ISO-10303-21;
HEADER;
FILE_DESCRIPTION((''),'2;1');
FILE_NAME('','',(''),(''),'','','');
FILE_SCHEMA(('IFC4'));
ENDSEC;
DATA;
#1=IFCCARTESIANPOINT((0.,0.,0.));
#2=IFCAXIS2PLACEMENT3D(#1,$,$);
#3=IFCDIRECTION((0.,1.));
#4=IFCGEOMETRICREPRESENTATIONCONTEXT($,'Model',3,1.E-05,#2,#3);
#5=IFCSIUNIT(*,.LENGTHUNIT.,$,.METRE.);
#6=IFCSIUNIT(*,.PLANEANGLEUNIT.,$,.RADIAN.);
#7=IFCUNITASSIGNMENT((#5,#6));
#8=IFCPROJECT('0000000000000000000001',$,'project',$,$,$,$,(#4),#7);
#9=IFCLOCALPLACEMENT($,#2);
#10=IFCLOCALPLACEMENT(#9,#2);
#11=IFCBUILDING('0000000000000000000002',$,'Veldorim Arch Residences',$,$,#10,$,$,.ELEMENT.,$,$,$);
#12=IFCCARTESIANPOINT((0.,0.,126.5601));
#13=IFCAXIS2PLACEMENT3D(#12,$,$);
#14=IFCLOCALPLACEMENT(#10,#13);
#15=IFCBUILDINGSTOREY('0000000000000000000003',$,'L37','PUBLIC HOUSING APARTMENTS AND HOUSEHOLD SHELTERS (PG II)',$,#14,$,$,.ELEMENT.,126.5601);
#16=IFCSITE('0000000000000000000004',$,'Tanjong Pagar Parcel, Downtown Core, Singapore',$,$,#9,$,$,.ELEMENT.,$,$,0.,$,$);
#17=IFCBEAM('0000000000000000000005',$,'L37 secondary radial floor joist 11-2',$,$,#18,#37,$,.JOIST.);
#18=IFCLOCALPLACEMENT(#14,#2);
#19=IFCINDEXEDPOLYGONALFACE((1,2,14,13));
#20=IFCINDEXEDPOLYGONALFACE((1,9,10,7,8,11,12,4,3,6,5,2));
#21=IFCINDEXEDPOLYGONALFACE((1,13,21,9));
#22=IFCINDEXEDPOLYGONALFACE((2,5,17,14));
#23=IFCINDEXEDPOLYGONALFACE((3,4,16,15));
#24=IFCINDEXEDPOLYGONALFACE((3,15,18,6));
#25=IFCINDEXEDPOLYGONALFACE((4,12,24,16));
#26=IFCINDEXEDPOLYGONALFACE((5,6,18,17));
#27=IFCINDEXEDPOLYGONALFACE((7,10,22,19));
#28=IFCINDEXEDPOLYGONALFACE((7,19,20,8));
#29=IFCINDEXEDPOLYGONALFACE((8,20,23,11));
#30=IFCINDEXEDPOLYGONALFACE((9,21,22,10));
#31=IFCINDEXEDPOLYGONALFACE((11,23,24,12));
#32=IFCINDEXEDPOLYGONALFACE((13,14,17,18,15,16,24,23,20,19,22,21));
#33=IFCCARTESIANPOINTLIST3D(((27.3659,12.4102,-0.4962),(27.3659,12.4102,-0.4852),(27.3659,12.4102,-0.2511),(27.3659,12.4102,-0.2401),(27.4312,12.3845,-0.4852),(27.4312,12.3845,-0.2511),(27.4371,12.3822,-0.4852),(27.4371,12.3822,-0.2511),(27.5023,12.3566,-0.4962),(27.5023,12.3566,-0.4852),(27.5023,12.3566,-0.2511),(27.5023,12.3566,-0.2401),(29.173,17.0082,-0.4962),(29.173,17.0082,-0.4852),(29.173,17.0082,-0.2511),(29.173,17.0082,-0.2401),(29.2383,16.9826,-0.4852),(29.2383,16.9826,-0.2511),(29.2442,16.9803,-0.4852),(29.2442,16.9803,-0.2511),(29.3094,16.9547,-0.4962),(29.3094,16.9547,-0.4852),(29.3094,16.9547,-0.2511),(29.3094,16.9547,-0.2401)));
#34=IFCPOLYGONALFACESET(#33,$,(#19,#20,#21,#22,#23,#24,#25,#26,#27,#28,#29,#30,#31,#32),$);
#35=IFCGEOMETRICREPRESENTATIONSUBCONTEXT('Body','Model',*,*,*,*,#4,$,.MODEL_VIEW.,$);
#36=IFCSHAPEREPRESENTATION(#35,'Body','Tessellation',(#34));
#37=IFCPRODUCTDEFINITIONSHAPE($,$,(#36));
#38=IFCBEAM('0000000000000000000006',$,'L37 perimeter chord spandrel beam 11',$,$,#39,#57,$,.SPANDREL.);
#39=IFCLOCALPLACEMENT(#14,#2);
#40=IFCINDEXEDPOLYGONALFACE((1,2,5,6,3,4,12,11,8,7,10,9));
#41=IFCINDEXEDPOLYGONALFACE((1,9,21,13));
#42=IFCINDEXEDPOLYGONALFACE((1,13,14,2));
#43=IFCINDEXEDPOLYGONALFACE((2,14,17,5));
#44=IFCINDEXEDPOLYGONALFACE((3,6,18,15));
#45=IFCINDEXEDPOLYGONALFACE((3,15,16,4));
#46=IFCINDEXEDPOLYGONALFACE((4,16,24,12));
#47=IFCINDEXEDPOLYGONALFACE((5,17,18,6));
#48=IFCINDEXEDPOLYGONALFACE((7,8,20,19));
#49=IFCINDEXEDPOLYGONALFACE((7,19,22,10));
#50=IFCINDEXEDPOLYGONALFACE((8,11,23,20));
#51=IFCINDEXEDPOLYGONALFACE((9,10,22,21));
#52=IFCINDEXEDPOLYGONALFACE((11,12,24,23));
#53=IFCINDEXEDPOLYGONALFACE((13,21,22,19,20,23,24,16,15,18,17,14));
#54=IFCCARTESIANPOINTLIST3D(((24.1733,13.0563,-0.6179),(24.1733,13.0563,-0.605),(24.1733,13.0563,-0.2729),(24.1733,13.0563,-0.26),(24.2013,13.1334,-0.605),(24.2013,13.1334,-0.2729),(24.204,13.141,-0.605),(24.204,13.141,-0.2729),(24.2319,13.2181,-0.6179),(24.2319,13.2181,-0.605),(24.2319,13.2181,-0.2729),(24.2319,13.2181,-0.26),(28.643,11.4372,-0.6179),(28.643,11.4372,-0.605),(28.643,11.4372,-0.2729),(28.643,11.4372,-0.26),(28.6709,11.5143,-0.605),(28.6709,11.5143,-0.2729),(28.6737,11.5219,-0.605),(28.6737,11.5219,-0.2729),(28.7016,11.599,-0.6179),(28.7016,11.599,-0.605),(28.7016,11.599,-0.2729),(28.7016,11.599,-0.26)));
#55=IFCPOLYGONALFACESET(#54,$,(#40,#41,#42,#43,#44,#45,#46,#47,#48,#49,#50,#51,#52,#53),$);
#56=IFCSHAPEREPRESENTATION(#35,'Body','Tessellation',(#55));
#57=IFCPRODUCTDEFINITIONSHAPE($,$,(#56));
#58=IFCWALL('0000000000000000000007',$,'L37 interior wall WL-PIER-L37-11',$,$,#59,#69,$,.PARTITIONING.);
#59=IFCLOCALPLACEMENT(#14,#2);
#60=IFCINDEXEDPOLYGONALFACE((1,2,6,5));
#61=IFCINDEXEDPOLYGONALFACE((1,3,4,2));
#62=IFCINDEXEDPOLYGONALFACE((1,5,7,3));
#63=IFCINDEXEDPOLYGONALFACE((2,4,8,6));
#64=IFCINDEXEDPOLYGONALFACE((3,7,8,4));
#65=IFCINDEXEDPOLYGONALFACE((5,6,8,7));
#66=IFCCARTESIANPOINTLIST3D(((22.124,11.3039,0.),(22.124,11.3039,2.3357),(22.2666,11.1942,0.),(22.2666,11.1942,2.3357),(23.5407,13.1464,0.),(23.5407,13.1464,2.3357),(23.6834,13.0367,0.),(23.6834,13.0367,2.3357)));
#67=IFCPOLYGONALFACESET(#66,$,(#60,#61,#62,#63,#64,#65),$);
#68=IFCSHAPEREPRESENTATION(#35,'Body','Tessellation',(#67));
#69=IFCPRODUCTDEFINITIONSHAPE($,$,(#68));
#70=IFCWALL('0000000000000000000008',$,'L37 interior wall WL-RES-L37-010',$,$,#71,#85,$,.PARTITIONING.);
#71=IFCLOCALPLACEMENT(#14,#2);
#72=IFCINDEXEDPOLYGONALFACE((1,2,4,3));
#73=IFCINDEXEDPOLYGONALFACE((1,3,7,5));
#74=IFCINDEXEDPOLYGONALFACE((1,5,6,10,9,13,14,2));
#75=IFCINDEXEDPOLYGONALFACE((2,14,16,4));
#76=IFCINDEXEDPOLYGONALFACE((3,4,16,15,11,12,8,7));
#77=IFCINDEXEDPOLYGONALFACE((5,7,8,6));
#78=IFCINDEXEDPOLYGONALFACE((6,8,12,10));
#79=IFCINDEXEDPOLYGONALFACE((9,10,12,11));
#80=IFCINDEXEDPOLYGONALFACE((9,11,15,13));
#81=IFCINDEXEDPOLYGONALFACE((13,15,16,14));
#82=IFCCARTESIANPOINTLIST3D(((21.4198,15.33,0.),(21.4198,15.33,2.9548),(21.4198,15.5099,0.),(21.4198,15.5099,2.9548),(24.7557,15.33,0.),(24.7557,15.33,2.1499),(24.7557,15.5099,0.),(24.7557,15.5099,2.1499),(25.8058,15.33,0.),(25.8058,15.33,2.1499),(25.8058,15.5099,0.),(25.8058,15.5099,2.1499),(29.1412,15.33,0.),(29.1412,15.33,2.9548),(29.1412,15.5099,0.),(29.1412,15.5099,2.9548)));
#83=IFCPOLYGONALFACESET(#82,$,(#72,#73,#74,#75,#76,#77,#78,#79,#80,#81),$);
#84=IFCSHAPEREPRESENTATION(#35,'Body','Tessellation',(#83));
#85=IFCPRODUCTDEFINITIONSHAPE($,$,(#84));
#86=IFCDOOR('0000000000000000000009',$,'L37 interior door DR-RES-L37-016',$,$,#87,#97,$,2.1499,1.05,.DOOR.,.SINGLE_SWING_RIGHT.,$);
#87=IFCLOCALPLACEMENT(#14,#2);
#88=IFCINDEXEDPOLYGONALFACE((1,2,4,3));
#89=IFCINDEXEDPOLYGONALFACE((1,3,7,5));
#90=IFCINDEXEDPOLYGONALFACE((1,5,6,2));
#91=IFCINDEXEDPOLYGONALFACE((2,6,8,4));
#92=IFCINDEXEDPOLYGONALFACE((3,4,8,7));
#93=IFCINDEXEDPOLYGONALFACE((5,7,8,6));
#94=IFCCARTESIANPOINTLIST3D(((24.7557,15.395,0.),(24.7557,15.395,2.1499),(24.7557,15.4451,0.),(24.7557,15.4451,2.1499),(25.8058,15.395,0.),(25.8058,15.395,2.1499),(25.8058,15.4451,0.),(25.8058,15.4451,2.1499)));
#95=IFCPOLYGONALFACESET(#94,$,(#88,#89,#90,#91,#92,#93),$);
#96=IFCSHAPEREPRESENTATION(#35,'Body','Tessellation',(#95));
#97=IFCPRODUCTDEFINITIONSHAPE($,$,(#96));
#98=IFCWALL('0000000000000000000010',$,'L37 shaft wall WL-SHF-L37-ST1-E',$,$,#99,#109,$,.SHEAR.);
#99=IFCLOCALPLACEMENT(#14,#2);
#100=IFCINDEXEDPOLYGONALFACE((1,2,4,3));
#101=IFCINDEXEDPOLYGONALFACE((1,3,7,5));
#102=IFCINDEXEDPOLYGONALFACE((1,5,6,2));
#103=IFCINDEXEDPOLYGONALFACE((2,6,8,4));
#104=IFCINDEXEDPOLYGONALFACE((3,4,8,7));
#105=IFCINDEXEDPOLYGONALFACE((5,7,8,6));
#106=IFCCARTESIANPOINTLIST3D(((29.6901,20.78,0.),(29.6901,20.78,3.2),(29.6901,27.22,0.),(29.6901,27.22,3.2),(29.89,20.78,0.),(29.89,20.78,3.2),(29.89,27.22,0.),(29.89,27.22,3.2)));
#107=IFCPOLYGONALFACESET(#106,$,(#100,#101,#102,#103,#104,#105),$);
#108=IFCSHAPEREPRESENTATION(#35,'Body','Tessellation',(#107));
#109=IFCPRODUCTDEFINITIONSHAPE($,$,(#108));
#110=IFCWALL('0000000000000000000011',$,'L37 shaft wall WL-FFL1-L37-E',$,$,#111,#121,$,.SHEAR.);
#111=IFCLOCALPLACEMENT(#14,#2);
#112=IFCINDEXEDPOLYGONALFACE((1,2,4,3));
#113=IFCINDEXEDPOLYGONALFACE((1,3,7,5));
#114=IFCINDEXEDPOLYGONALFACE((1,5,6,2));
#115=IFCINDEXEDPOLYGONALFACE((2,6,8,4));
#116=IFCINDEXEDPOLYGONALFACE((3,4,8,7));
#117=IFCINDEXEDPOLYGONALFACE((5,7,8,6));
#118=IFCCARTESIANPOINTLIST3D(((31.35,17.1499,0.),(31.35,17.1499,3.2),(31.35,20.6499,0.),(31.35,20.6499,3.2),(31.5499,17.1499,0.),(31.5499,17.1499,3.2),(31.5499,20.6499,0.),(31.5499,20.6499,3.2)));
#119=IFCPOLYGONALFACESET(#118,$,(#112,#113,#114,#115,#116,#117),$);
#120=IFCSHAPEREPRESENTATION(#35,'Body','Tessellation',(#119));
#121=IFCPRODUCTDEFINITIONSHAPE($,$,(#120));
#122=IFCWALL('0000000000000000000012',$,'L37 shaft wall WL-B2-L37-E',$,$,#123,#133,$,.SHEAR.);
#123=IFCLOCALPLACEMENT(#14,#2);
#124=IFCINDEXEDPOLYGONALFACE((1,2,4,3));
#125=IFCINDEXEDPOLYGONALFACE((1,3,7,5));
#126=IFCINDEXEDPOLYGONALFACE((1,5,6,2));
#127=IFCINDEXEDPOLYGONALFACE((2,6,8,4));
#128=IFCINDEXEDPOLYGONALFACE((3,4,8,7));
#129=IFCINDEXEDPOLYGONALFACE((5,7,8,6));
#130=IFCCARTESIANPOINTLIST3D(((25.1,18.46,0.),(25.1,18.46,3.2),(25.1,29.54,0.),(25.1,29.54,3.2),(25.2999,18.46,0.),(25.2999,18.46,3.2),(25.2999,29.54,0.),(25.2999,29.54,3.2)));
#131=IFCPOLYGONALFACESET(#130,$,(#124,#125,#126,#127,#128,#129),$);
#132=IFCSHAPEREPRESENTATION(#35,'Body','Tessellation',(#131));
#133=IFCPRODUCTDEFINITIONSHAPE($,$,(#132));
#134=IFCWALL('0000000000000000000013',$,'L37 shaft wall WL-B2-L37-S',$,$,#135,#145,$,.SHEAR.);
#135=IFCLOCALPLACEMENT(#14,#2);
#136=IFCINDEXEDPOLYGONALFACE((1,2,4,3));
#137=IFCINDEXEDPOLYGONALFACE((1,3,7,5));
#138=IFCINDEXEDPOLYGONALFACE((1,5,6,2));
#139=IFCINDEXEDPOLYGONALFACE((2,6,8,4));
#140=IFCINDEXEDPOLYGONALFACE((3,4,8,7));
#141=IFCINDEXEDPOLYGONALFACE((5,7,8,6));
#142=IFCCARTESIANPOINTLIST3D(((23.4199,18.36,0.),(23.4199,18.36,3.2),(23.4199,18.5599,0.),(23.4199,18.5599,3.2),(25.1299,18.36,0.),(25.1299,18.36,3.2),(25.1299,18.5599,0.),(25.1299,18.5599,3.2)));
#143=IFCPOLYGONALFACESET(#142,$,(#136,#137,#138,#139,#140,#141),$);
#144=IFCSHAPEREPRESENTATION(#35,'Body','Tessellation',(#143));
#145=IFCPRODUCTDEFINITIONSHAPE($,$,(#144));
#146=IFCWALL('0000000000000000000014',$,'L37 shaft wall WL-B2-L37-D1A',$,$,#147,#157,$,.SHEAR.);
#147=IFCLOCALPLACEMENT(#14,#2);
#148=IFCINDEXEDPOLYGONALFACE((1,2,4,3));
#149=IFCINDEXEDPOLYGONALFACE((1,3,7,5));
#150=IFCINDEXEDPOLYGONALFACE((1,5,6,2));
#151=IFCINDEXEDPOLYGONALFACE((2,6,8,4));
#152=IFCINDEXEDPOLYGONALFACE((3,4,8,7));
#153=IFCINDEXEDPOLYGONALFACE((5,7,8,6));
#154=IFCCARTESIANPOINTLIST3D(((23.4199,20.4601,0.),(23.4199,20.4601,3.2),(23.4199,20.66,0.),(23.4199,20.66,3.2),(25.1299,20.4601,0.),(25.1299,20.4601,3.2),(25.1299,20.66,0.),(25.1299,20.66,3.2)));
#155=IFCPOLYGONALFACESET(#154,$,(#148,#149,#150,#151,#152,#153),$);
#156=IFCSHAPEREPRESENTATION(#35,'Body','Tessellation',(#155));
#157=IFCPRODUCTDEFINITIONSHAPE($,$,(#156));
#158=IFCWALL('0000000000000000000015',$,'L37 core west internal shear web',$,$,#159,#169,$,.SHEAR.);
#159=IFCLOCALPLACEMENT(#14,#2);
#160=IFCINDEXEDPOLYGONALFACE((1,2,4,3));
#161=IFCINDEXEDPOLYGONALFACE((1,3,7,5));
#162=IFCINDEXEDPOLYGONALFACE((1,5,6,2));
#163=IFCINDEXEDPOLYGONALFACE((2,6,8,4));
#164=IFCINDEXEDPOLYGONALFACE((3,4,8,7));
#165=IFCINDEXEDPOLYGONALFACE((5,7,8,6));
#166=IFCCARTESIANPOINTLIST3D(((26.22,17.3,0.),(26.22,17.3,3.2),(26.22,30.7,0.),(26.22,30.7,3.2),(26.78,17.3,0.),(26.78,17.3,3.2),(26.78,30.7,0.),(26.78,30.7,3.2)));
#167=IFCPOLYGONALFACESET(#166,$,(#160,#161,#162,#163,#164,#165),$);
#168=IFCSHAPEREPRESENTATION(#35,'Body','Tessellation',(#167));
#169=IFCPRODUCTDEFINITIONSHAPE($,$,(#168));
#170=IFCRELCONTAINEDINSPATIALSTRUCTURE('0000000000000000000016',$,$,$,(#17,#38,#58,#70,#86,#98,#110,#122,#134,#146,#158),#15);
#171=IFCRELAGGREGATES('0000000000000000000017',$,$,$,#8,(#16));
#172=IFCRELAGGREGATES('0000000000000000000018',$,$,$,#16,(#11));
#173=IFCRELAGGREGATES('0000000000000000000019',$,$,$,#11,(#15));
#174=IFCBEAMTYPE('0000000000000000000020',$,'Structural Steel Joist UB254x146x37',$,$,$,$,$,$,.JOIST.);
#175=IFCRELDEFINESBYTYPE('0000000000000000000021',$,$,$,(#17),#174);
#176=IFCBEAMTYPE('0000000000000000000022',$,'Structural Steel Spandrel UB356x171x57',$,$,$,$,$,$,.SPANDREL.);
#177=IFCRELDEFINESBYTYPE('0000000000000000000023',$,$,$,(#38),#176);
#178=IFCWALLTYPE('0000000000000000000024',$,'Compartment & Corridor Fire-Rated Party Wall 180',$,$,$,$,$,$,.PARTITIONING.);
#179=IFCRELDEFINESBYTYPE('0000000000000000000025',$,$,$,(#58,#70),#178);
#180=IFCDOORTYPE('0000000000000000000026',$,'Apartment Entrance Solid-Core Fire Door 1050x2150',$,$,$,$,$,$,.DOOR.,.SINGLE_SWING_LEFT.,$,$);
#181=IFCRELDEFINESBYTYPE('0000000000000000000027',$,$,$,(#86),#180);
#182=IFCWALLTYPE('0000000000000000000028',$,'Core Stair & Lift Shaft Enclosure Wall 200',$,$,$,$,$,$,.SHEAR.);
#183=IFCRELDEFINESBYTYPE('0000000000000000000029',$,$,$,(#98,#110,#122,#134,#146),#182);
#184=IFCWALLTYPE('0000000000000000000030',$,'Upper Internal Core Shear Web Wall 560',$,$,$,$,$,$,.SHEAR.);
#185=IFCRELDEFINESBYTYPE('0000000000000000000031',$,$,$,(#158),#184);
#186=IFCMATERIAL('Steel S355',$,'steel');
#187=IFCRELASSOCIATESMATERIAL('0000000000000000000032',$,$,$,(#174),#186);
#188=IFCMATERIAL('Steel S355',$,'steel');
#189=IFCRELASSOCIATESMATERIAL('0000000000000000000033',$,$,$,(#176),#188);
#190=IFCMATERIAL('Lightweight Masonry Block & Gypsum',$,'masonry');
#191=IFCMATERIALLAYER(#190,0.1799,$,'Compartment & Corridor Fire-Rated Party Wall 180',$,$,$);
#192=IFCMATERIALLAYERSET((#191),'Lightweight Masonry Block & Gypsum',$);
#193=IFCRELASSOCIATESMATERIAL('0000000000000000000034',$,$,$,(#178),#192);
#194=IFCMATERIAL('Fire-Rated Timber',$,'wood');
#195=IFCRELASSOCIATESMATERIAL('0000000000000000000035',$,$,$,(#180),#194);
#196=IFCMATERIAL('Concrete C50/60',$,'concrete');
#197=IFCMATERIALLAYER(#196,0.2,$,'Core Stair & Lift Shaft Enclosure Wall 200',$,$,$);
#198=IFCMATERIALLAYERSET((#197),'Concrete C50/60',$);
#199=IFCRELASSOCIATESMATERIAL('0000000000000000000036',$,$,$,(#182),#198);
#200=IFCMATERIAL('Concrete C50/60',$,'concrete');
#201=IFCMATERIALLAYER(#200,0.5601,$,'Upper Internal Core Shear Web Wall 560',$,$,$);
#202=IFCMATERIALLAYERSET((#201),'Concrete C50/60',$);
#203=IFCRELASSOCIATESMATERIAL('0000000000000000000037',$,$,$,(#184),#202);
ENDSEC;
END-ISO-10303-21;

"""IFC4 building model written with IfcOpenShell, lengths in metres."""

from ifc_helpers import new_model, si_unit, direction, frame, frame_2d, origin, origin_2d, place, context, subcontext, project, spatial, rectangle, i_section, extrude, material, layer, layer_set, material_profile, profile_set, type_object, element, fill, save


model = new_model("IFC4")

# Units and contexts
model_context = context("Model", 3, precision=1e-05, world=origin(), true_north=direction((0.0, 1.0)))
body_context = subcontext(model_context, "Body", "Model", "MODEL_VIEW")
ifc_project = project(units=[si_unit("LENGTHUNIT", "METRE"), si_unit("PLANEANGLEUNIT", "RADIAN")], contexts=[model_context])

# Site, building, storey
site_placement = place(None, origin())
site = spatial("IfcSite", under=ifc_project, at=site_placement, Name="Tanjong Pagar Parcel, Downtown Core, Singapore", CompositionType="ELEMENT", RefElevation=0.0)
building_placement = place(site_placement, origin())
building = spatial("IfcBuilding", under=site, at=building_placement, Name="Veldorim Arch Residences", CompositionType="ELEMENT")
storey_placement = place(building_placement, frame((0.0, 0.0, 126.5601)))
storey = spatial("IfcBuildingStorey", under=building, at=storey_placement, Name="L37", Description="PUBLIC HOUSING APARTMENTS AND HOUSEHOLD SHELTERS (PG II)", CompositionType="ELEMENT", Elevation=126.5601)

# Beams
ifc_material_1 = material(Name="Steel S355", Category="steel")
ifc_material_profile_1 = material_profile(ifc_material_1, i_section(OverallWidth=0.1465, OverallDepth=0.2561, WebThickness=0.0063, FlangeThickness=0.011, at=origin_2d()), Name="UB254x146x37")
ifc_profile_set_1 = profile_set([ifc_material_profile_1], Name="Steel S355")
beam_type_1 = type_object("IfcBeamType", Name="Structural Steel Joist UB254x146x37", PredefinedType="JOIST", material=ifc_profile_set_1)
beam_1_placement = place(storey_placement, frame((29.2412, 16.9814, -0.3682), z_axis=(-0.365778, -0.930702, 0.0), x_axis=(0.930702, -0.365778, 0.0)))
element("IfcBeam", 1, at=beam_1_placement, inside=storey, type_object=beam_type_1, Name="L37 secondary radial floor joist 11-2", PredefinedType="JOIST", context=body_context, shape_type="SweptSolid", body=[
    extrude(i_section(OverallWidth=0.1465, OverallDepth=0.2561, WebThickness=0.0063, FlangeThickness=0.011, at=origin_2d()), origin(), (0.0, 0.0, 1.0), 4.9404),
])
ifc_material_2 = material(Name="Steel S355", Category="steel")
ifc_material_profile_2 = material_profile(ifc_material_2, i_section(OverallWidth=0.1721, OverallDepth=0.3579, WebThickness=0.0081, FlangeThickness=0.0129, at=origin_2d()), Name="UB356x171x57")
ifc_profile_set_2 = profile_set([ifc_material_profile_2], Name="Steel S355")
beam_type_2 = type_object("IfcBeamType", Name="Structural Steel Spandrel UB356x171x57", PredefinedType="SPANDREL", material=ifc_profile_set_2)
beam_2_placement = place(storey_placement, frame((24.2026, 13.1372, -0.439), z_axis=(0.940213, -0.340588, 0.0), x_axis=(0.340588, 0.940213, 0.0)))
element("IfcBeam", 2, at=beam_2_placement, inside=storey, type_object=beam_type_2, Name="L37 perimeter chord spandrel beam 11", PredefinedType="SPANDREL", context=body_context, shape_type="SweptSolid", body=[
    extrude(i_section(OverallWidth=0.1721, OverallDepth=0.3579, WebThickness=0.0081, FlangeThickness=0.0129, at=origin_2d()), origin(), (0.0, 0.0, 1.0), 4.7539),
])

# Wall
ifc_material_3 = material(Name="Lightweight Masonry Block & Gypsum", Category="masonry")
ifc_layer_1 = layer(ifc_material_3, 0.1799, Name="Compartment & Corridor Fire-Rated Party Wall 180")
ifc_layer_set_1 = layer_set([ifc_layer_1], Name="Lightweight Masonry Block & Gypsum")
wall_type_1 = type_object("IfcWallType", Name="Compartment & Corridor Fire-Rated Party Wall 180", PredefinedType="PARTITIONING", material=ifc_layer_set_1)
wall_1_placement = place(storey_placement, frame((23.6121, 13.0916, 0.0), z_axis=(0.0, 0.0, 1.0), x_axis=(-0.609553, -0.792745, 0.0)))
element("IfcWall", 3, at=wall_1_placement, inside=storey, type_object=wall_type_1, Name="L37 interior wall WL-PIER-L37-11", PredefinedType="PARTITIONING", context=body_context, shape_type="SweptSolid", body=[
    extrude(rectangle(XDim=2.3242, YDim=0.1799, at=frame_2d((1.1621, 0.0))), origin(), (0.0, 0.0, 1.0), 2.3357),
])

# Wall, opening, door
wall_2_placement = place(storey_placement, frame((29.1414, 15.4199, 0.0), z_axis=(0.0, 0.0, 1.0), x_axis=(-1.0, 0.0, 0.0)))
wall_2 = element("IfcWall", 4, at=wall_2_placement, inside=storey, type_object=wall_type_1, Name="L37 interior wall WL-RES-L37-010", PredefinedType="PARTITIONING", context=body_context, shape_type="SweptSolid", body=[
    extrude(rectangle(XDim=7.7214, YDim=0.1799, at=frame_2d((3.8608, 0.0))), origin(), (0.0, 0.0, 1.0), 2.9548),
])
opening_1_placement = place(wall_2_placement, frame((3.3357, 0.0, 0.0)))
opening_1 = element("IfcOpeningElement", 5, at=opening_1_placement, cuts=wall_2, PredefinedType="OPENING", context=body_context, shape_type="SweptSolid", body=[
    extrude(rectangle(XDim=1.05, YDim=2.1499, at=frame_2d((0.5249, 1.075))), frame((0.0, 0.0999, 0.0), z_axis=(0.0, -1.0, 0.0), x_axis=(1.0, 0.0, 0.0)), (0.0, 0.0, 1.0), 0.2),
])
ifc_material_4 = material(Name="Fire-Rated Timber", Category="wood")
door_type_1 = type_object("IfcDoorType", Name="Apartment Entrance Solid-Core Fire Door 1050x2150", OperationType="SINGLE_SWING_LEFT", PredefinedType="DOOR", material=ifc_material_4)
door_1_placement = place(opening_1_placement, origin())
door_1 = element("IfcDoor", 6, at=door_1_placement, inside=storey, type_object=door_type_1, Name="L37 interior door DR-RES-L37-016", OperationType="SINGLE_SWING_RIGHT", OverallHeight=2.1499, OverallWidth=1.05, PredefinedType="DOOR", context=body_context, shape_type="SweptSolid", body=[
    extrude(rectangle(XDim=1.05, YDim=2.1499, at=frame_2d((0.5249, 1.075))), frame((0.0, 0.0249, 0.0), z_axis=(0.0, -1.0, 0.0), x_axis=(1.0, 0.0, 0.0)), (0.0, 0.0, 1.0), 0.05),
])
fill(opening_1, door_1)

# Wall
ifc_material_5 = material(Name="Concrete C50/60", Category="concrete")
ifc_layer_2 = layer(ifc_material_5, 0.2, Name="Core Stair & Lift Shaft Enclosure Wall 200")
ifc_layer_set_2 = layer_set([ifc_layer_2], Name="Concrete C50/60")
wall_type_2 = type_object("IfcWallType", Name="Core Stair & Lift Shaft Enclosure Wall 200", PredefinedType="SHEAR", material=ifc_layer_set_2)
wall_3_placement = place(storey_placement, frame((29.79, 20.78, 0.0), z_axis=(0.0, 0.0, 1.0), x_axis=(0.0, 1.0, 0.0)))
element("IfcWall", 7, at=wall_3_placement, inside=storey, type_object=wall_type_2, Name="L37 shaft wall WL-SHF-L37-ST1-E", PredefinedType="SHEAR", context=body_context, shape_type="SweptSolid", body=[
    extrude(rectangle(XDim=6.4399, YDim=0.2, at=frame_2d((3.22, 0.0))), origin(), (0.0, 0.0, 1.0), 3.2),
])

# Wall
wall_4_placement = place(storey_placement, frame((31.45, 17.1499, 0.0), z_axis=(0.0, 0.0, 1.0), x_axis=(0.0, 1.0, 0.0)))
element("IfcWall", 8, at=wall_4_placement, inside=storey, type_object=wall_type_2, Name="L37 shaft wall WL-FFL1-L37-E", PredefinedType="SHEAR", context=body_context, shape_type="SweptSolid", body=[
    extrude(rectangle(XDim=3.5, YDim=0.2, at=frame_2d((1.75, 0.0))), origin(), (0.0, 0.0, 1.0), 3.2),
])

# Walls
wall_5_placement = place(storey_placement, frame((25.2, 18.46, 0.0), z_axis=(0.0, 0.0, 1.0), x_axis=(0.0, 1.0, 0.0)))
element("IfcWall", 9, at=wall_5_placement, inside=storey, type_object=wall_type_2, Name="L37 shaft wall WL-B2-L37-E", PredefinedType="SHEAR", context=body_context, shape_type="SweptSolid", body=[
    extrude(rectangle(XDim=11.0801, YDim=0.2, at=frame_2d((5.54, 0.0))), origin(), (0.0, 0.0, 1.0), 3.2),
])
for number, where, z_axis, x_axis, name in (
    (10, (23.4199, 18.46, 0.0), (0.0, 0.0, 1.0), (1.0, 0.0, 0.0), "L37 shaft wall WL-B2-L37-S"),
    (11, (23.4199, 20.5601, 0.0), (0.0, 0.0, 1.0), (1.0, 0.0, 0.0), "L37 shaft wall WL-B2-L37-D1A"),
):
    element("IfcWall", number, at=place(storey_placement, frame(where, z_axis=z_axis, x_axis=x_axis)), inside=storey, type_object=wall_type_2, Name=name, PredefinedType="SHEAR", context=body_context, shape_type="SweptSolid", body=[
        extrude(rectangle(XDim=1.71, YDim=0.2, at=frame_2d((0.855, 0.0))), origin(), (0.0, 0.0, 1.0), 3.2),
    ])
ifc_material_6 = material(Name="Concrete C50/60", Category="concrete")
ifc_layer_3 = layer(ifc_material_6, 0.5601, Name="Upper Internal Core Shear Web Wall 560")
ifc_layer_set_3 = layer_set([ifc_layer_3], Name="Concrete C50/60")
wall_type_3 = type_object("IfcWallType", Name="Upper Internal Core Shear Web Wall 560", PredefinedType="SHEAR", material=ifc_layer_set_3)
wall_6_placement = place(storey_placement, frame((26.5, 17.3, 0.0), z_axis=(0.0, 0.0, 1.0), x_axis=(0.0, 1.0, 0.0)))
element("IfcWall", 12, at=wall_6_placement, inside=storey, type_object=wall_type_3, Name="L37 core west internal shear web", PredefinedType="SHEAR", context=body_context, shape_type="SweptSolid", body=[
    extrude(rectangle(XDim=13.3999, YDim=0.5601, at=frame_2d((6.7, 0.0))), origin(), (0.0, 0.0, 1.0), 3.2),
])

save(model, "model.ifc")
